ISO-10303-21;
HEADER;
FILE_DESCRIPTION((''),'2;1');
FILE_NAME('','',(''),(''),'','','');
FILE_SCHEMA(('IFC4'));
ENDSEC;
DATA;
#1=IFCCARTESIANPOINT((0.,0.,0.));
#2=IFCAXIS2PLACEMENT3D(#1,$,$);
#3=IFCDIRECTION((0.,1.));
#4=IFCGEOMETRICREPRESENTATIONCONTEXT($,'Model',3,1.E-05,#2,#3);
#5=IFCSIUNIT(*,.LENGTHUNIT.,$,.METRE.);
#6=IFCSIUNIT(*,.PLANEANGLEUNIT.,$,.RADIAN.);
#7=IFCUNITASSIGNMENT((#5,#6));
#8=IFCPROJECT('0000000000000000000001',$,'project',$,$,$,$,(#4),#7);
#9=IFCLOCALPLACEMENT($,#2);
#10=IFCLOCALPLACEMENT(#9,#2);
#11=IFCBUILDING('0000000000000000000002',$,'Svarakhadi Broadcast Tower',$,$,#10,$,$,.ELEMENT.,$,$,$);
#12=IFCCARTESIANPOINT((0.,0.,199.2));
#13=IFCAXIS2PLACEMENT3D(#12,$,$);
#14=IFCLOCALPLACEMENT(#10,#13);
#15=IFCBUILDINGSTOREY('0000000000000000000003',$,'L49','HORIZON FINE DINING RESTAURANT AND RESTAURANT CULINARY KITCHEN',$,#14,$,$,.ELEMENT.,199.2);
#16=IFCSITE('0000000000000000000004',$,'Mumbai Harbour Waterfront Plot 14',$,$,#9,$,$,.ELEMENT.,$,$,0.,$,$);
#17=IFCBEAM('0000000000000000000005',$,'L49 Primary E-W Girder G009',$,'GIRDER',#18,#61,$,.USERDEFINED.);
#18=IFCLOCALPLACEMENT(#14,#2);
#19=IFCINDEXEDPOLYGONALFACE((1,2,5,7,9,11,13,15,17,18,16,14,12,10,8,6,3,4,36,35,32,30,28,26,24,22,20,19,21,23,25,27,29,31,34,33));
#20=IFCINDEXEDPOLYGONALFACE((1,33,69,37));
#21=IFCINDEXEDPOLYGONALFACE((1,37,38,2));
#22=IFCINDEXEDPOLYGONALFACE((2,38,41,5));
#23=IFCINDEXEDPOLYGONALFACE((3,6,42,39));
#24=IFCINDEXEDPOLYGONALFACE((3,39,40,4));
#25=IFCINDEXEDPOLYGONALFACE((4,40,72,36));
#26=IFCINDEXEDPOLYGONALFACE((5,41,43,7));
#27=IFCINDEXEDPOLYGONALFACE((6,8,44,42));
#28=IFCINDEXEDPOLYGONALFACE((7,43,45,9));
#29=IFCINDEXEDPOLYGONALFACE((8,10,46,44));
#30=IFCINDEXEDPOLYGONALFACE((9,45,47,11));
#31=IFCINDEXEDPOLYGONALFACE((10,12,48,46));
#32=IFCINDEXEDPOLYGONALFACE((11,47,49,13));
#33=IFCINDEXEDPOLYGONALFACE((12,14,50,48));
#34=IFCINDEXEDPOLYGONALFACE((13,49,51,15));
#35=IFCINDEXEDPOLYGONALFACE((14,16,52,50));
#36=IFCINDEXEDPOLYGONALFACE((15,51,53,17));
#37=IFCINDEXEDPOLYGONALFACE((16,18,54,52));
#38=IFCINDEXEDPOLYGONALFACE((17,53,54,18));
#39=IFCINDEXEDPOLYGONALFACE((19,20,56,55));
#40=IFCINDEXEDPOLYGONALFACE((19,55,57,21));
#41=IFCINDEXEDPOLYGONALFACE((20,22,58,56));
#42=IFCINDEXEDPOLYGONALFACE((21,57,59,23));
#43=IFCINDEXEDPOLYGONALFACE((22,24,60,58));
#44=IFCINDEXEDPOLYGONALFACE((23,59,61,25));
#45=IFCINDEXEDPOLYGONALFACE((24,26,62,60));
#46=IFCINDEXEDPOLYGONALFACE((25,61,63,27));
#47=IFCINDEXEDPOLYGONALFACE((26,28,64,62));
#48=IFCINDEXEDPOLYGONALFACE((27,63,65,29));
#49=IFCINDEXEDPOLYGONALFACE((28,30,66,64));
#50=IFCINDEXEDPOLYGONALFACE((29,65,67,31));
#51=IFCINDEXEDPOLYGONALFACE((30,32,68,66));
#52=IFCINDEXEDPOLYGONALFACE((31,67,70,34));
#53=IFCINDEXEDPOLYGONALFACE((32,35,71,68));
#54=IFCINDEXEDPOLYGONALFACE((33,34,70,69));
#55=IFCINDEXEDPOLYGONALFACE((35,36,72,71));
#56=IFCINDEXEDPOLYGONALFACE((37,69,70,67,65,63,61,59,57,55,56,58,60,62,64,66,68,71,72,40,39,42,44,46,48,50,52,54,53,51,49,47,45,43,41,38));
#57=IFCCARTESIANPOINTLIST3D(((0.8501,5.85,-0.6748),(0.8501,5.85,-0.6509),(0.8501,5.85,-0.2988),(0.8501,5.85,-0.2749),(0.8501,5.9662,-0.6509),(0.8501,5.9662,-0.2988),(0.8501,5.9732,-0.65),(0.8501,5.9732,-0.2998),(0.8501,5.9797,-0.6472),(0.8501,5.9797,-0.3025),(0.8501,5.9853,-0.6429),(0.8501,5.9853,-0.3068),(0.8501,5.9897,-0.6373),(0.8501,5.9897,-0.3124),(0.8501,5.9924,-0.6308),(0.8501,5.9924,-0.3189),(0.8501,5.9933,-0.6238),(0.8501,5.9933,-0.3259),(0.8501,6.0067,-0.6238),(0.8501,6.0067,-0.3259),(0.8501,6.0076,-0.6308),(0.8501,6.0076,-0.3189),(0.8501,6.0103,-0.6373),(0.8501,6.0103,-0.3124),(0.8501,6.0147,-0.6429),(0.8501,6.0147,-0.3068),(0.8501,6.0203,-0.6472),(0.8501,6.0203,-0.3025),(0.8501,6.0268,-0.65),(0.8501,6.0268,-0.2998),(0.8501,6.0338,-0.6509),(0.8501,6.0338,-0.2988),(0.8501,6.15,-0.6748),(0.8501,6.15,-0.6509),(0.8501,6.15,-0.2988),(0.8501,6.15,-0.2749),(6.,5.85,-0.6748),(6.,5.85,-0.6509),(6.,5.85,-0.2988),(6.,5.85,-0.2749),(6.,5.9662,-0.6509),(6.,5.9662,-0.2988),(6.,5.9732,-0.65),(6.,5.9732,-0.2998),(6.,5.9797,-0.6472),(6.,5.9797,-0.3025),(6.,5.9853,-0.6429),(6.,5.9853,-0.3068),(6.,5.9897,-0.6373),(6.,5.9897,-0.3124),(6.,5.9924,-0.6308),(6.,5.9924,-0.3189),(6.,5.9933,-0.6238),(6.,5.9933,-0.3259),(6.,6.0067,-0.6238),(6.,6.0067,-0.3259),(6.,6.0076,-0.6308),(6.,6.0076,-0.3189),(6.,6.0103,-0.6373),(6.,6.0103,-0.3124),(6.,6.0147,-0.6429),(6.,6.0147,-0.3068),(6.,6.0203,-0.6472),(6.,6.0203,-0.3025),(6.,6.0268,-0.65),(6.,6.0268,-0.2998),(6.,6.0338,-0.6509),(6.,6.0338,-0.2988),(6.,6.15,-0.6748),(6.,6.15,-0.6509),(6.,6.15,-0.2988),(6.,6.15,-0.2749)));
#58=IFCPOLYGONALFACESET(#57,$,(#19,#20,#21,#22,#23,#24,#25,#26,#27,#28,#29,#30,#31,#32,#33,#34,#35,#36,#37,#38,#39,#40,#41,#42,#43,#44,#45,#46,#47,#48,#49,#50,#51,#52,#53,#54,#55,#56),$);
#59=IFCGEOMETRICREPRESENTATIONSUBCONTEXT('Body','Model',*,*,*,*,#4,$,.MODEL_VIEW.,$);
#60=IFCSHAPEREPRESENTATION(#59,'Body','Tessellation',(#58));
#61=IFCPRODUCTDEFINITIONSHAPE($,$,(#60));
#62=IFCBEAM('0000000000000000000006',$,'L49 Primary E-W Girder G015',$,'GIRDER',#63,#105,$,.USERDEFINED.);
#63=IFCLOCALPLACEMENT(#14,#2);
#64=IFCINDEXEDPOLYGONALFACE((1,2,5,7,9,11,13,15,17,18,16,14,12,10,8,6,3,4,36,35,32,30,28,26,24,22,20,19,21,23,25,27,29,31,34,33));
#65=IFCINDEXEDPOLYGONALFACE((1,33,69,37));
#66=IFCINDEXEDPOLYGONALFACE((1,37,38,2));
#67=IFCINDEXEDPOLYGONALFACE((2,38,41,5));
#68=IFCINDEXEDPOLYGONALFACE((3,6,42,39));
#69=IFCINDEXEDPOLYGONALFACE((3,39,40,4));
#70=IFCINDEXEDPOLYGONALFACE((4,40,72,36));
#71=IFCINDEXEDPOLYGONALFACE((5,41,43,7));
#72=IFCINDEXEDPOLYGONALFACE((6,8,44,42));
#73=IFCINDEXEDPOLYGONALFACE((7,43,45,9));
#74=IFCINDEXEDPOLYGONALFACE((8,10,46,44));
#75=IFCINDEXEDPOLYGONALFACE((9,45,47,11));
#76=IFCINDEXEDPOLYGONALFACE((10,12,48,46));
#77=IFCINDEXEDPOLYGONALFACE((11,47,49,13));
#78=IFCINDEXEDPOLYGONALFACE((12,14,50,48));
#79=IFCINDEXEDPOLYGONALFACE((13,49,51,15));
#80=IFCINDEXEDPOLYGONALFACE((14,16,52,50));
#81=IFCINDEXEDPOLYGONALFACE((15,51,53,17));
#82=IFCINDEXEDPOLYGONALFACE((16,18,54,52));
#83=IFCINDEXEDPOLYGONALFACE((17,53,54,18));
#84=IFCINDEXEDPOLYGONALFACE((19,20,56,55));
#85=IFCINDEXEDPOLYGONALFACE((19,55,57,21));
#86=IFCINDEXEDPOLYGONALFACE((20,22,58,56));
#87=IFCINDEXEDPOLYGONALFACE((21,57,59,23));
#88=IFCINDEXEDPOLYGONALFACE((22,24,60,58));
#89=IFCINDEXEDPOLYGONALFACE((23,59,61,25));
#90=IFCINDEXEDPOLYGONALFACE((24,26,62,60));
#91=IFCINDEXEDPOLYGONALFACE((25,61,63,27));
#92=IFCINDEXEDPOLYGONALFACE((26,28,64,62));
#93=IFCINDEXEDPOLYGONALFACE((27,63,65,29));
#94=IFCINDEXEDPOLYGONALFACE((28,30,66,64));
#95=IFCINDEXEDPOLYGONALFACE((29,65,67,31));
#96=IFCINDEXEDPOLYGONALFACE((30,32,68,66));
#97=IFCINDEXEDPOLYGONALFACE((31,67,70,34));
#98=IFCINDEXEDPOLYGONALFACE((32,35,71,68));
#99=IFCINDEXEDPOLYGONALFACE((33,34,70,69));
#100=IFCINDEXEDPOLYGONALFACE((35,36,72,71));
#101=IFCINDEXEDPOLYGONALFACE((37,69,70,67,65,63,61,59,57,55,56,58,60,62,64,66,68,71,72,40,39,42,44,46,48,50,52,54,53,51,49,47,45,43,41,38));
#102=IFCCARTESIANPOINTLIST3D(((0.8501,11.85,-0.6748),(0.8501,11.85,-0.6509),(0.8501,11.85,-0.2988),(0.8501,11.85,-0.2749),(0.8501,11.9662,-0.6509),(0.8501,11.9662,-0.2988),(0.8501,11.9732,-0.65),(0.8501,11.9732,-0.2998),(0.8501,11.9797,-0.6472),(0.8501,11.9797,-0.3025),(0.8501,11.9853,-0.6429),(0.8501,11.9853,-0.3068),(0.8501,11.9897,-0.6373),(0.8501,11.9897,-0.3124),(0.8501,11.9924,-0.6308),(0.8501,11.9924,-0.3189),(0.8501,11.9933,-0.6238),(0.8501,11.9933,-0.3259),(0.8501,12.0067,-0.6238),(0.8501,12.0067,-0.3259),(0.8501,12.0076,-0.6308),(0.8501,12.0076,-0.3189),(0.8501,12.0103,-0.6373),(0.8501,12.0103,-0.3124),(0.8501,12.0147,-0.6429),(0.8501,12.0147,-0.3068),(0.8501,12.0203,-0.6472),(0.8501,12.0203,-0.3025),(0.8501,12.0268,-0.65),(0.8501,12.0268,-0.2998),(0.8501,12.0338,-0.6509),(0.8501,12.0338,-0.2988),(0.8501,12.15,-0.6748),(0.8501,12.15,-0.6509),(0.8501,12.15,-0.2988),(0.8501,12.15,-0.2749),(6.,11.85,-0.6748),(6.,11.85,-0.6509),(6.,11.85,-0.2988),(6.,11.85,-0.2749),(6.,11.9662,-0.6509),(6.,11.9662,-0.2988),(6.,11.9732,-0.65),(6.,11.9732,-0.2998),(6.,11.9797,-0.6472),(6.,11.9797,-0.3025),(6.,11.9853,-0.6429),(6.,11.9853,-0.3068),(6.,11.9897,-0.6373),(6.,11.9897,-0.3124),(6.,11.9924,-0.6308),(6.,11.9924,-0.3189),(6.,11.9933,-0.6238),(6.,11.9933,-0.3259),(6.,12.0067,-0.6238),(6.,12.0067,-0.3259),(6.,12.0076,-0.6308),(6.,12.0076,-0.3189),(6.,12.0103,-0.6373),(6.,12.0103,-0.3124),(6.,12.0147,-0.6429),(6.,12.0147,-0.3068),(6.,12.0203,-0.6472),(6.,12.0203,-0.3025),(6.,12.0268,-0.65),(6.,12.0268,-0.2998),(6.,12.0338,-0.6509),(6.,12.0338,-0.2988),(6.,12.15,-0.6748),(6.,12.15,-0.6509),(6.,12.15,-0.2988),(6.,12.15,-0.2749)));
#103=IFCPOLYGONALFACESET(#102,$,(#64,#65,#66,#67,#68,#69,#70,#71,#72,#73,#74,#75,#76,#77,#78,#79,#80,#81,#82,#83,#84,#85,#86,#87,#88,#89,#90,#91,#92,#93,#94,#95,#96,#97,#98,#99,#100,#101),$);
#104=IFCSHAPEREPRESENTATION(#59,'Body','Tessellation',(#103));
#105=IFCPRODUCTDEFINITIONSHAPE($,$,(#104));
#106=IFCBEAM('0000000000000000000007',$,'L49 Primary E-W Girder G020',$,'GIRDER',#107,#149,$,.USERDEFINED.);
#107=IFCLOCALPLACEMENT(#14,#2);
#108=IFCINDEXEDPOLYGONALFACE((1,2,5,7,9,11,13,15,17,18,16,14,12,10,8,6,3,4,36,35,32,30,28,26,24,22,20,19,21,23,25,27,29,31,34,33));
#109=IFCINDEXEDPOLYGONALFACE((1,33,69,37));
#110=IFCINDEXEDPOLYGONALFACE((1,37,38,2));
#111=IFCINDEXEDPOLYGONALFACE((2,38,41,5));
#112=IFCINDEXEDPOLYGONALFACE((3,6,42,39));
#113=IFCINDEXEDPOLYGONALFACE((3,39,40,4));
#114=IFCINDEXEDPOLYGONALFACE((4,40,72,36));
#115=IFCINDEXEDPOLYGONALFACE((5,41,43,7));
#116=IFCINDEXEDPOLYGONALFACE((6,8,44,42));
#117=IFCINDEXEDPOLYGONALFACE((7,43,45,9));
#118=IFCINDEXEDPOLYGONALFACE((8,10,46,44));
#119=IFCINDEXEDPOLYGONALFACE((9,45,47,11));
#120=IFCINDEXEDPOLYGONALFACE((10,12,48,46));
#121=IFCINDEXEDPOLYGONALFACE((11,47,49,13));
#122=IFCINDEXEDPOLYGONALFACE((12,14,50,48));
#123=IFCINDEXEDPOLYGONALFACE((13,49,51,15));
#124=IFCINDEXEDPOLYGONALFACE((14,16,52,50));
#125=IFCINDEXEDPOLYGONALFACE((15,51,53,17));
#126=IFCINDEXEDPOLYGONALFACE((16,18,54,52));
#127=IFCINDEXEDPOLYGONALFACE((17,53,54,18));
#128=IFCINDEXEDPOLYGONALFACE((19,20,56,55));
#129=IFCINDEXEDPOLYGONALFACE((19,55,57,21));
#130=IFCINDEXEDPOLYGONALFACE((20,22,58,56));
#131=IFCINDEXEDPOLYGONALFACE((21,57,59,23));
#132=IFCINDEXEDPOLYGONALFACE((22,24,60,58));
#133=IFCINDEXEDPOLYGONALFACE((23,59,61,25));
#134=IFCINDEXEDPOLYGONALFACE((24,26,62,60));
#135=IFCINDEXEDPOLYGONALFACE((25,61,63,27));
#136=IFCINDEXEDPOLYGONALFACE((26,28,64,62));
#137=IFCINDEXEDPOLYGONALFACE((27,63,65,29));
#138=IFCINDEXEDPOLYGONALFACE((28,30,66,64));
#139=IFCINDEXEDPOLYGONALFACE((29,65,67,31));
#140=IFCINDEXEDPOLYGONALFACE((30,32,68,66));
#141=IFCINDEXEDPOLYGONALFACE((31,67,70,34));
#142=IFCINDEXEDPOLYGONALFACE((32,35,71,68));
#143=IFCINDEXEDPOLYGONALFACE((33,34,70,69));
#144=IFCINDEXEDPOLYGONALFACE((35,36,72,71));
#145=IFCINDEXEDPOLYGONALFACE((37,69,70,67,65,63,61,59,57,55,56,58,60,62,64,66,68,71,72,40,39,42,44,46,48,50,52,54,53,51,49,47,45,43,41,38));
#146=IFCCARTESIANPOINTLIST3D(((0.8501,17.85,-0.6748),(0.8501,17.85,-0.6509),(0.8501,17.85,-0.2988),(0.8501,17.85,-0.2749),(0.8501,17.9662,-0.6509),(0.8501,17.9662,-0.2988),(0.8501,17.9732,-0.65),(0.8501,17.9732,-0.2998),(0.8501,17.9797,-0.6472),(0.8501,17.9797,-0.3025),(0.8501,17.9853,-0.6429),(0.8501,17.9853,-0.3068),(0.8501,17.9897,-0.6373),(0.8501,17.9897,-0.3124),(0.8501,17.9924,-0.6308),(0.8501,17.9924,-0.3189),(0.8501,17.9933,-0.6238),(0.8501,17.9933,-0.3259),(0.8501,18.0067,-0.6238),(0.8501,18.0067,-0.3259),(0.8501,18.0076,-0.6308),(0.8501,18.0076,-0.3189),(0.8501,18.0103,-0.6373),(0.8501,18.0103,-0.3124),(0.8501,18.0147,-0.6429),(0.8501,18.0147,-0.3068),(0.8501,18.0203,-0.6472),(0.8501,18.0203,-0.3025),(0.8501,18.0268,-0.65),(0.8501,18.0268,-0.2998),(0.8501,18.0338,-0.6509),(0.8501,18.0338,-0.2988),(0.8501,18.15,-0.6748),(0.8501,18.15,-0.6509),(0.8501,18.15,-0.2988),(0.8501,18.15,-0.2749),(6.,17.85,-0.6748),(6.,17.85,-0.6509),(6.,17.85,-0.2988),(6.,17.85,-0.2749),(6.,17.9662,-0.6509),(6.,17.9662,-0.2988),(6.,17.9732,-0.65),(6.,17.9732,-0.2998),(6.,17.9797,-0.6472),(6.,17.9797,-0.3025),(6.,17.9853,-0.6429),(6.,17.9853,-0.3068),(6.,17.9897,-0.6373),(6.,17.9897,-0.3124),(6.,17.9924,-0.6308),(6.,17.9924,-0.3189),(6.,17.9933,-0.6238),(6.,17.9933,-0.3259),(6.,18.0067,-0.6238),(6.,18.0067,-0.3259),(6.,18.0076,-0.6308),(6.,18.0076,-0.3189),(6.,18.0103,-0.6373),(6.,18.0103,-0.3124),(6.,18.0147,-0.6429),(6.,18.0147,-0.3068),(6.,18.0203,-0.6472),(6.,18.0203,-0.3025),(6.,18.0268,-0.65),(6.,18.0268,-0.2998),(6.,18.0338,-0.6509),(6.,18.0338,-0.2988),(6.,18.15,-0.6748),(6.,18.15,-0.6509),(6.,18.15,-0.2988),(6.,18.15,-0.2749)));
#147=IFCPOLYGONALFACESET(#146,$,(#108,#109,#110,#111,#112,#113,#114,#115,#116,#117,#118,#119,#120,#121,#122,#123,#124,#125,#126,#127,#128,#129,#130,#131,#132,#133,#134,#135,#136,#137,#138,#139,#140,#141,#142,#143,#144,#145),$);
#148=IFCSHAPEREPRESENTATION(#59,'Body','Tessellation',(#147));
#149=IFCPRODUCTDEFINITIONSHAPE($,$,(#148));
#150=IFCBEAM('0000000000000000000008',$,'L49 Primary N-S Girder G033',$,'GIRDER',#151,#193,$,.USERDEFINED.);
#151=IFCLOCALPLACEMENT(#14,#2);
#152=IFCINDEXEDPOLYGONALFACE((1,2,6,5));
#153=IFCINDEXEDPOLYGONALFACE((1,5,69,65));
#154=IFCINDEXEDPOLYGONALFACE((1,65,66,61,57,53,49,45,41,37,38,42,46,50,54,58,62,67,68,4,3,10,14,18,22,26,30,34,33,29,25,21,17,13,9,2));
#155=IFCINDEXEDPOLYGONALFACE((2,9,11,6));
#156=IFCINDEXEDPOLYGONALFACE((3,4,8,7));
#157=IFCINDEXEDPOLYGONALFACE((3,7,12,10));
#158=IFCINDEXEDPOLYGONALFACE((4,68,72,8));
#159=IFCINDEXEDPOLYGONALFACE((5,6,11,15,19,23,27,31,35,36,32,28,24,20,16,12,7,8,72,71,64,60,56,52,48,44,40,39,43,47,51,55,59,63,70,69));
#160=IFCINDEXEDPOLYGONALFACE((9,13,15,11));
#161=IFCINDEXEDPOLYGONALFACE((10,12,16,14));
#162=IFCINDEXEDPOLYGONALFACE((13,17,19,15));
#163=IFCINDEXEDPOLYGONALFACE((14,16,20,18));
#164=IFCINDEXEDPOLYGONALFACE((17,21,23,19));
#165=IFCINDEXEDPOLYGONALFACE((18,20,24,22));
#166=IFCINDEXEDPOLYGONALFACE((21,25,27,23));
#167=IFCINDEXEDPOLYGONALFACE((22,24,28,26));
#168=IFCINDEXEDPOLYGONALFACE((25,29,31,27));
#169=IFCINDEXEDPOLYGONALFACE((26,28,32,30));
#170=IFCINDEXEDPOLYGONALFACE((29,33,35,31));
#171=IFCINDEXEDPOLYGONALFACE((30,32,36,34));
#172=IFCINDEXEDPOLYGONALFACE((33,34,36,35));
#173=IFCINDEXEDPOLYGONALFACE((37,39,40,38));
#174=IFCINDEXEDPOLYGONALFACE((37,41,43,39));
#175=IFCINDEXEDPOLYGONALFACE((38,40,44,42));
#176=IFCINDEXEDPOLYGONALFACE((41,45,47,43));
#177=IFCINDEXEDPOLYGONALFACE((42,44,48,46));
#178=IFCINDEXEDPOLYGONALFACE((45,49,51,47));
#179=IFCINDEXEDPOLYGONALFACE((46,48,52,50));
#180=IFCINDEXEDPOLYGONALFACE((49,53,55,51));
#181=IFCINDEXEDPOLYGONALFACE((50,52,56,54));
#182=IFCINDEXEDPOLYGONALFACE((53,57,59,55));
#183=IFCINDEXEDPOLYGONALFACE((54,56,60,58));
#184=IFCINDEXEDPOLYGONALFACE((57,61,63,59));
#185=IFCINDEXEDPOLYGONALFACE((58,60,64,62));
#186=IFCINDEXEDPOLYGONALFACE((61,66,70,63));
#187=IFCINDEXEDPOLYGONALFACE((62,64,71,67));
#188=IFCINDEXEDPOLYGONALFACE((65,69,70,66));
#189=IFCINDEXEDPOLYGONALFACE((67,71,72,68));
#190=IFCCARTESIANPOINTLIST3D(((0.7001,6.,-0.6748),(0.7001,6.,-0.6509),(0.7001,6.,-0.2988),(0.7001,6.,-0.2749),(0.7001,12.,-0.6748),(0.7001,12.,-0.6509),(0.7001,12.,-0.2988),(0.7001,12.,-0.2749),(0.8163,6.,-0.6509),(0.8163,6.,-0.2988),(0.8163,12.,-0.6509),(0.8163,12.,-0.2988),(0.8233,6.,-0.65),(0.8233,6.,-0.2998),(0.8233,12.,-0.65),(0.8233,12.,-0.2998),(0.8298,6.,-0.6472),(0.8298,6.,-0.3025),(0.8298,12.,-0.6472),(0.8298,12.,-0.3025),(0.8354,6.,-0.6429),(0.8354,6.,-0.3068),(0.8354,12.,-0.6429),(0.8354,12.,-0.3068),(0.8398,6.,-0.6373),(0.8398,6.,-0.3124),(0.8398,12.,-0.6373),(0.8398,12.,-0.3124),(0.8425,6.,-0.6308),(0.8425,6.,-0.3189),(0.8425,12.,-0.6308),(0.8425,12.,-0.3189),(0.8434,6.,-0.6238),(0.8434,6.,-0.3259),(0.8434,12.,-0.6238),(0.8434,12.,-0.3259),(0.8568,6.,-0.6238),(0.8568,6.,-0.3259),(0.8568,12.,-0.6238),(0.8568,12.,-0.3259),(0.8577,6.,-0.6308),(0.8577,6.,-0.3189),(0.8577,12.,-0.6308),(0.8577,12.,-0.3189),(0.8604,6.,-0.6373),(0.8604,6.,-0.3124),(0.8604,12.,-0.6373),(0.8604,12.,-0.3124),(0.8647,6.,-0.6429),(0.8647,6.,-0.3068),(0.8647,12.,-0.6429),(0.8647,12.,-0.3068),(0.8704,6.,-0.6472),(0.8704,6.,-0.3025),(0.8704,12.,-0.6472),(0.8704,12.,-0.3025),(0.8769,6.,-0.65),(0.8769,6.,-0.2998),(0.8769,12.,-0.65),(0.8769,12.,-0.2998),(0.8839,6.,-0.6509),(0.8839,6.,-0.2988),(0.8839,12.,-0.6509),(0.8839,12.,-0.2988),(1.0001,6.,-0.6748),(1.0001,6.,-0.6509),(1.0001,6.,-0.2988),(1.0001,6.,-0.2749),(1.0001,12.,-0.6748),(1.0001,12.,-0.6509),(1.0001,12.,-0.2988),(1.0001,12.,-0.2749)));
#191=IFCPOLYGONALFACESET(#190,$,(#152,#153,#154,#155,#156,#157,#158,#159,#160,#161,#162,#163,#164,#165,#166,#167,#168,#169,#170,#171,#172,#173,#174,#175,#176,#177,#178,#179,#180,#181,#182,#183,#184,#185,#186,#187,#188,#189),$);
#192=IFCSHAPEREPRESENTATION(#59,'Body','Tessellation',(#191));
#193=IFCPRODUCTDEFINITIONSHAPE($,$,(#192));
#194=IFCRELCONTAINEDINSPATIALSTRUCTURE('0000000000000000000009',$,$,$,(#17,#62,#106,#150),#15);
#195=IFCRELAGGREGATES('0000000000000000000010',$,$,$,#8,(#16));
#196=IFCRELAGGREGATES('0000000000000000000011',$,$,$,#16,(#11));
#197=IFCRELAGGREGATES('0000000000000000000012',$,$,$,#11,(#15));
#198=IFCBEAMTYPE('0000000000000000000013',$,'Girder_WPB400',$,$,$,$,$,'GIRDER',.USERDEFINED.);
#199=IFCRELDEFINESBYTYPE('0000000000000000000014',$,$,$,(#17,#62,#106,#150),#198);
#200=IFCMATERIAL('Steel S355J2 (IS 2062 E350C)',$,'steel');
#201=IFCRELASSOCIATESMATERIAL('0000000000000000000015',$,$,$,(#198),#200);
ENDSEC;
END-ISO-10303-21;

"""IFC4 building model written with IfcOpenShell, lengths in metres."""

from ifc_helpers import new_model, si_unit, direction, frame, origin, origin_2d, place, context, subcontext, project, spatial, i_section, extrude, material, material_profile, profile_set, type_object, element, save


model = new_model("IFC4")

# Units and contexts
model_context = context("Model", 3, precision=1e-05, world=origin(), true_north=direction((0.0, 1.0)))
body_context = subcontext(model_context, "Body", "Model", "MODEL_VIEW")
ifc_project = project(units=[si_unit("LENGTHUNIT", "METRE"), si_unit("PLANEANGLEUNIT", "RADIAN")], contexts=[model_context])

# Site, building, storey
site_placement = place(None, origin())
site = spatial("IfcSite", under=ifc_project, at=site_placement, Name="Mumbai Harbour Waterfront Plot 14", CompositionType="ELEMENT", RefElevation=0.0)
building_placement = place(site_placement, origin())
building = spatial("IfcBuilding", under=site, at=building_placement, Name="Svarakhadi Broadcast Tower", CompositionType="ELEMENT")
storey_placement = place(building_placement, frame((0.0, 0.0, 199.2)))
storey = spatial("IfcBuildingStorey", under=building, at=storey_placement, Name="L49", Description="HORIZON FINE DINING RESTAURANT AND RESTAURANT CULINARY KITCHEN", CompositionType="ELEMENT", Elevation=199.2)

# Shared definitions
ifc_material_1 = material(Name="Steel S355J2 (IS 2062 E350C)", Category="steel")

# Beams
ifc_material_profile_1 = material_profile(ifc_material_1, i_section(OverallWidth=0.3, OverallDepth=0.3999, WebThickness=0.0134, FlangeThickness=0.0239, FilletRadius=0.0271, at=origin_2d()), Name="WPB 400x300x155")
ifc_profile_set_1 = profile_set([ifc_material_profile_1], Name="Steel S355J2 (IS 2062 E350C)")
beam_type_1 = type_object("IfcBeamType", Name="Girder_WPB400", ElementType="GIRDER", PredefinedType="USERDEFINED", material=ifc_profile_set_1)
for number, where, z_axis, x_axis, name in (
    (1, (0.8501, 6.0, -0.4749), (1.0, 0.0, 0.0), (0.0, 1.0, 0.0), "L49 Primary E-W Girder G009"),
    (2, (0.8501, 12.0, -0.4749), (1.0, 0.0, 0.0), (0.0, 1.0, 0.0), "L49 Primary E-W Girder G015"),
    (3, (0.8501, 18.0, -0.4749), (1.0, 0.0, 0.0), (0.0, 1.0, 0.0), "L49 Primary E-W Girder G020"),
):
    element("IfcBeam", number, at=place(storey_placement, frame(where, z_axis=z_axis, x_axis=x_axis)), inside=storey, type_object=beam_type_1, Name=name, ObjectType="GIRDER", PredefinedType="USERDEFINED", context=body_context, shape_type="SweptSolid", body=[
        extrude(i_section(OverallWidth=0.3, OverallDepth=0.3999, WebThickness=0.0134, FlangeThickness=0.0239, FilletRadius=0.0271, at=origin_2d()), origin(), (0.0, 0.0, 1.0), 5.1499),
    ])
for number, where, z_axis, x_axis, name in (
    (4, (0.8501, 6.0, -0.4749), (0.0, 1.0, 0.0), (-1.0, 0.0, 0.0), "L49 Primary N-S Girder G033"),
):
    element("IfcBeam", number, at=place(storey_placement, frame(where, z_axis=z_axis, x_axis=x_axis)), inside=storey, type_object=beam_type_1, Name=name, ObjectType="GIRDER", PredefinedType="USERDEFINED", context=body_context, shape_type="SweptSolid", body=[
        extrude(i_section(OverallWidth=0.3, OverallDepth=0.3999, WebThickness=0.0134, FlangeThickness=0.0239, FilletRadius=0.0271, at=origin_2d()), origin(), (0.0, 0.0, 1.0), 6.0),
    ])

save(model, "model.ifc")
